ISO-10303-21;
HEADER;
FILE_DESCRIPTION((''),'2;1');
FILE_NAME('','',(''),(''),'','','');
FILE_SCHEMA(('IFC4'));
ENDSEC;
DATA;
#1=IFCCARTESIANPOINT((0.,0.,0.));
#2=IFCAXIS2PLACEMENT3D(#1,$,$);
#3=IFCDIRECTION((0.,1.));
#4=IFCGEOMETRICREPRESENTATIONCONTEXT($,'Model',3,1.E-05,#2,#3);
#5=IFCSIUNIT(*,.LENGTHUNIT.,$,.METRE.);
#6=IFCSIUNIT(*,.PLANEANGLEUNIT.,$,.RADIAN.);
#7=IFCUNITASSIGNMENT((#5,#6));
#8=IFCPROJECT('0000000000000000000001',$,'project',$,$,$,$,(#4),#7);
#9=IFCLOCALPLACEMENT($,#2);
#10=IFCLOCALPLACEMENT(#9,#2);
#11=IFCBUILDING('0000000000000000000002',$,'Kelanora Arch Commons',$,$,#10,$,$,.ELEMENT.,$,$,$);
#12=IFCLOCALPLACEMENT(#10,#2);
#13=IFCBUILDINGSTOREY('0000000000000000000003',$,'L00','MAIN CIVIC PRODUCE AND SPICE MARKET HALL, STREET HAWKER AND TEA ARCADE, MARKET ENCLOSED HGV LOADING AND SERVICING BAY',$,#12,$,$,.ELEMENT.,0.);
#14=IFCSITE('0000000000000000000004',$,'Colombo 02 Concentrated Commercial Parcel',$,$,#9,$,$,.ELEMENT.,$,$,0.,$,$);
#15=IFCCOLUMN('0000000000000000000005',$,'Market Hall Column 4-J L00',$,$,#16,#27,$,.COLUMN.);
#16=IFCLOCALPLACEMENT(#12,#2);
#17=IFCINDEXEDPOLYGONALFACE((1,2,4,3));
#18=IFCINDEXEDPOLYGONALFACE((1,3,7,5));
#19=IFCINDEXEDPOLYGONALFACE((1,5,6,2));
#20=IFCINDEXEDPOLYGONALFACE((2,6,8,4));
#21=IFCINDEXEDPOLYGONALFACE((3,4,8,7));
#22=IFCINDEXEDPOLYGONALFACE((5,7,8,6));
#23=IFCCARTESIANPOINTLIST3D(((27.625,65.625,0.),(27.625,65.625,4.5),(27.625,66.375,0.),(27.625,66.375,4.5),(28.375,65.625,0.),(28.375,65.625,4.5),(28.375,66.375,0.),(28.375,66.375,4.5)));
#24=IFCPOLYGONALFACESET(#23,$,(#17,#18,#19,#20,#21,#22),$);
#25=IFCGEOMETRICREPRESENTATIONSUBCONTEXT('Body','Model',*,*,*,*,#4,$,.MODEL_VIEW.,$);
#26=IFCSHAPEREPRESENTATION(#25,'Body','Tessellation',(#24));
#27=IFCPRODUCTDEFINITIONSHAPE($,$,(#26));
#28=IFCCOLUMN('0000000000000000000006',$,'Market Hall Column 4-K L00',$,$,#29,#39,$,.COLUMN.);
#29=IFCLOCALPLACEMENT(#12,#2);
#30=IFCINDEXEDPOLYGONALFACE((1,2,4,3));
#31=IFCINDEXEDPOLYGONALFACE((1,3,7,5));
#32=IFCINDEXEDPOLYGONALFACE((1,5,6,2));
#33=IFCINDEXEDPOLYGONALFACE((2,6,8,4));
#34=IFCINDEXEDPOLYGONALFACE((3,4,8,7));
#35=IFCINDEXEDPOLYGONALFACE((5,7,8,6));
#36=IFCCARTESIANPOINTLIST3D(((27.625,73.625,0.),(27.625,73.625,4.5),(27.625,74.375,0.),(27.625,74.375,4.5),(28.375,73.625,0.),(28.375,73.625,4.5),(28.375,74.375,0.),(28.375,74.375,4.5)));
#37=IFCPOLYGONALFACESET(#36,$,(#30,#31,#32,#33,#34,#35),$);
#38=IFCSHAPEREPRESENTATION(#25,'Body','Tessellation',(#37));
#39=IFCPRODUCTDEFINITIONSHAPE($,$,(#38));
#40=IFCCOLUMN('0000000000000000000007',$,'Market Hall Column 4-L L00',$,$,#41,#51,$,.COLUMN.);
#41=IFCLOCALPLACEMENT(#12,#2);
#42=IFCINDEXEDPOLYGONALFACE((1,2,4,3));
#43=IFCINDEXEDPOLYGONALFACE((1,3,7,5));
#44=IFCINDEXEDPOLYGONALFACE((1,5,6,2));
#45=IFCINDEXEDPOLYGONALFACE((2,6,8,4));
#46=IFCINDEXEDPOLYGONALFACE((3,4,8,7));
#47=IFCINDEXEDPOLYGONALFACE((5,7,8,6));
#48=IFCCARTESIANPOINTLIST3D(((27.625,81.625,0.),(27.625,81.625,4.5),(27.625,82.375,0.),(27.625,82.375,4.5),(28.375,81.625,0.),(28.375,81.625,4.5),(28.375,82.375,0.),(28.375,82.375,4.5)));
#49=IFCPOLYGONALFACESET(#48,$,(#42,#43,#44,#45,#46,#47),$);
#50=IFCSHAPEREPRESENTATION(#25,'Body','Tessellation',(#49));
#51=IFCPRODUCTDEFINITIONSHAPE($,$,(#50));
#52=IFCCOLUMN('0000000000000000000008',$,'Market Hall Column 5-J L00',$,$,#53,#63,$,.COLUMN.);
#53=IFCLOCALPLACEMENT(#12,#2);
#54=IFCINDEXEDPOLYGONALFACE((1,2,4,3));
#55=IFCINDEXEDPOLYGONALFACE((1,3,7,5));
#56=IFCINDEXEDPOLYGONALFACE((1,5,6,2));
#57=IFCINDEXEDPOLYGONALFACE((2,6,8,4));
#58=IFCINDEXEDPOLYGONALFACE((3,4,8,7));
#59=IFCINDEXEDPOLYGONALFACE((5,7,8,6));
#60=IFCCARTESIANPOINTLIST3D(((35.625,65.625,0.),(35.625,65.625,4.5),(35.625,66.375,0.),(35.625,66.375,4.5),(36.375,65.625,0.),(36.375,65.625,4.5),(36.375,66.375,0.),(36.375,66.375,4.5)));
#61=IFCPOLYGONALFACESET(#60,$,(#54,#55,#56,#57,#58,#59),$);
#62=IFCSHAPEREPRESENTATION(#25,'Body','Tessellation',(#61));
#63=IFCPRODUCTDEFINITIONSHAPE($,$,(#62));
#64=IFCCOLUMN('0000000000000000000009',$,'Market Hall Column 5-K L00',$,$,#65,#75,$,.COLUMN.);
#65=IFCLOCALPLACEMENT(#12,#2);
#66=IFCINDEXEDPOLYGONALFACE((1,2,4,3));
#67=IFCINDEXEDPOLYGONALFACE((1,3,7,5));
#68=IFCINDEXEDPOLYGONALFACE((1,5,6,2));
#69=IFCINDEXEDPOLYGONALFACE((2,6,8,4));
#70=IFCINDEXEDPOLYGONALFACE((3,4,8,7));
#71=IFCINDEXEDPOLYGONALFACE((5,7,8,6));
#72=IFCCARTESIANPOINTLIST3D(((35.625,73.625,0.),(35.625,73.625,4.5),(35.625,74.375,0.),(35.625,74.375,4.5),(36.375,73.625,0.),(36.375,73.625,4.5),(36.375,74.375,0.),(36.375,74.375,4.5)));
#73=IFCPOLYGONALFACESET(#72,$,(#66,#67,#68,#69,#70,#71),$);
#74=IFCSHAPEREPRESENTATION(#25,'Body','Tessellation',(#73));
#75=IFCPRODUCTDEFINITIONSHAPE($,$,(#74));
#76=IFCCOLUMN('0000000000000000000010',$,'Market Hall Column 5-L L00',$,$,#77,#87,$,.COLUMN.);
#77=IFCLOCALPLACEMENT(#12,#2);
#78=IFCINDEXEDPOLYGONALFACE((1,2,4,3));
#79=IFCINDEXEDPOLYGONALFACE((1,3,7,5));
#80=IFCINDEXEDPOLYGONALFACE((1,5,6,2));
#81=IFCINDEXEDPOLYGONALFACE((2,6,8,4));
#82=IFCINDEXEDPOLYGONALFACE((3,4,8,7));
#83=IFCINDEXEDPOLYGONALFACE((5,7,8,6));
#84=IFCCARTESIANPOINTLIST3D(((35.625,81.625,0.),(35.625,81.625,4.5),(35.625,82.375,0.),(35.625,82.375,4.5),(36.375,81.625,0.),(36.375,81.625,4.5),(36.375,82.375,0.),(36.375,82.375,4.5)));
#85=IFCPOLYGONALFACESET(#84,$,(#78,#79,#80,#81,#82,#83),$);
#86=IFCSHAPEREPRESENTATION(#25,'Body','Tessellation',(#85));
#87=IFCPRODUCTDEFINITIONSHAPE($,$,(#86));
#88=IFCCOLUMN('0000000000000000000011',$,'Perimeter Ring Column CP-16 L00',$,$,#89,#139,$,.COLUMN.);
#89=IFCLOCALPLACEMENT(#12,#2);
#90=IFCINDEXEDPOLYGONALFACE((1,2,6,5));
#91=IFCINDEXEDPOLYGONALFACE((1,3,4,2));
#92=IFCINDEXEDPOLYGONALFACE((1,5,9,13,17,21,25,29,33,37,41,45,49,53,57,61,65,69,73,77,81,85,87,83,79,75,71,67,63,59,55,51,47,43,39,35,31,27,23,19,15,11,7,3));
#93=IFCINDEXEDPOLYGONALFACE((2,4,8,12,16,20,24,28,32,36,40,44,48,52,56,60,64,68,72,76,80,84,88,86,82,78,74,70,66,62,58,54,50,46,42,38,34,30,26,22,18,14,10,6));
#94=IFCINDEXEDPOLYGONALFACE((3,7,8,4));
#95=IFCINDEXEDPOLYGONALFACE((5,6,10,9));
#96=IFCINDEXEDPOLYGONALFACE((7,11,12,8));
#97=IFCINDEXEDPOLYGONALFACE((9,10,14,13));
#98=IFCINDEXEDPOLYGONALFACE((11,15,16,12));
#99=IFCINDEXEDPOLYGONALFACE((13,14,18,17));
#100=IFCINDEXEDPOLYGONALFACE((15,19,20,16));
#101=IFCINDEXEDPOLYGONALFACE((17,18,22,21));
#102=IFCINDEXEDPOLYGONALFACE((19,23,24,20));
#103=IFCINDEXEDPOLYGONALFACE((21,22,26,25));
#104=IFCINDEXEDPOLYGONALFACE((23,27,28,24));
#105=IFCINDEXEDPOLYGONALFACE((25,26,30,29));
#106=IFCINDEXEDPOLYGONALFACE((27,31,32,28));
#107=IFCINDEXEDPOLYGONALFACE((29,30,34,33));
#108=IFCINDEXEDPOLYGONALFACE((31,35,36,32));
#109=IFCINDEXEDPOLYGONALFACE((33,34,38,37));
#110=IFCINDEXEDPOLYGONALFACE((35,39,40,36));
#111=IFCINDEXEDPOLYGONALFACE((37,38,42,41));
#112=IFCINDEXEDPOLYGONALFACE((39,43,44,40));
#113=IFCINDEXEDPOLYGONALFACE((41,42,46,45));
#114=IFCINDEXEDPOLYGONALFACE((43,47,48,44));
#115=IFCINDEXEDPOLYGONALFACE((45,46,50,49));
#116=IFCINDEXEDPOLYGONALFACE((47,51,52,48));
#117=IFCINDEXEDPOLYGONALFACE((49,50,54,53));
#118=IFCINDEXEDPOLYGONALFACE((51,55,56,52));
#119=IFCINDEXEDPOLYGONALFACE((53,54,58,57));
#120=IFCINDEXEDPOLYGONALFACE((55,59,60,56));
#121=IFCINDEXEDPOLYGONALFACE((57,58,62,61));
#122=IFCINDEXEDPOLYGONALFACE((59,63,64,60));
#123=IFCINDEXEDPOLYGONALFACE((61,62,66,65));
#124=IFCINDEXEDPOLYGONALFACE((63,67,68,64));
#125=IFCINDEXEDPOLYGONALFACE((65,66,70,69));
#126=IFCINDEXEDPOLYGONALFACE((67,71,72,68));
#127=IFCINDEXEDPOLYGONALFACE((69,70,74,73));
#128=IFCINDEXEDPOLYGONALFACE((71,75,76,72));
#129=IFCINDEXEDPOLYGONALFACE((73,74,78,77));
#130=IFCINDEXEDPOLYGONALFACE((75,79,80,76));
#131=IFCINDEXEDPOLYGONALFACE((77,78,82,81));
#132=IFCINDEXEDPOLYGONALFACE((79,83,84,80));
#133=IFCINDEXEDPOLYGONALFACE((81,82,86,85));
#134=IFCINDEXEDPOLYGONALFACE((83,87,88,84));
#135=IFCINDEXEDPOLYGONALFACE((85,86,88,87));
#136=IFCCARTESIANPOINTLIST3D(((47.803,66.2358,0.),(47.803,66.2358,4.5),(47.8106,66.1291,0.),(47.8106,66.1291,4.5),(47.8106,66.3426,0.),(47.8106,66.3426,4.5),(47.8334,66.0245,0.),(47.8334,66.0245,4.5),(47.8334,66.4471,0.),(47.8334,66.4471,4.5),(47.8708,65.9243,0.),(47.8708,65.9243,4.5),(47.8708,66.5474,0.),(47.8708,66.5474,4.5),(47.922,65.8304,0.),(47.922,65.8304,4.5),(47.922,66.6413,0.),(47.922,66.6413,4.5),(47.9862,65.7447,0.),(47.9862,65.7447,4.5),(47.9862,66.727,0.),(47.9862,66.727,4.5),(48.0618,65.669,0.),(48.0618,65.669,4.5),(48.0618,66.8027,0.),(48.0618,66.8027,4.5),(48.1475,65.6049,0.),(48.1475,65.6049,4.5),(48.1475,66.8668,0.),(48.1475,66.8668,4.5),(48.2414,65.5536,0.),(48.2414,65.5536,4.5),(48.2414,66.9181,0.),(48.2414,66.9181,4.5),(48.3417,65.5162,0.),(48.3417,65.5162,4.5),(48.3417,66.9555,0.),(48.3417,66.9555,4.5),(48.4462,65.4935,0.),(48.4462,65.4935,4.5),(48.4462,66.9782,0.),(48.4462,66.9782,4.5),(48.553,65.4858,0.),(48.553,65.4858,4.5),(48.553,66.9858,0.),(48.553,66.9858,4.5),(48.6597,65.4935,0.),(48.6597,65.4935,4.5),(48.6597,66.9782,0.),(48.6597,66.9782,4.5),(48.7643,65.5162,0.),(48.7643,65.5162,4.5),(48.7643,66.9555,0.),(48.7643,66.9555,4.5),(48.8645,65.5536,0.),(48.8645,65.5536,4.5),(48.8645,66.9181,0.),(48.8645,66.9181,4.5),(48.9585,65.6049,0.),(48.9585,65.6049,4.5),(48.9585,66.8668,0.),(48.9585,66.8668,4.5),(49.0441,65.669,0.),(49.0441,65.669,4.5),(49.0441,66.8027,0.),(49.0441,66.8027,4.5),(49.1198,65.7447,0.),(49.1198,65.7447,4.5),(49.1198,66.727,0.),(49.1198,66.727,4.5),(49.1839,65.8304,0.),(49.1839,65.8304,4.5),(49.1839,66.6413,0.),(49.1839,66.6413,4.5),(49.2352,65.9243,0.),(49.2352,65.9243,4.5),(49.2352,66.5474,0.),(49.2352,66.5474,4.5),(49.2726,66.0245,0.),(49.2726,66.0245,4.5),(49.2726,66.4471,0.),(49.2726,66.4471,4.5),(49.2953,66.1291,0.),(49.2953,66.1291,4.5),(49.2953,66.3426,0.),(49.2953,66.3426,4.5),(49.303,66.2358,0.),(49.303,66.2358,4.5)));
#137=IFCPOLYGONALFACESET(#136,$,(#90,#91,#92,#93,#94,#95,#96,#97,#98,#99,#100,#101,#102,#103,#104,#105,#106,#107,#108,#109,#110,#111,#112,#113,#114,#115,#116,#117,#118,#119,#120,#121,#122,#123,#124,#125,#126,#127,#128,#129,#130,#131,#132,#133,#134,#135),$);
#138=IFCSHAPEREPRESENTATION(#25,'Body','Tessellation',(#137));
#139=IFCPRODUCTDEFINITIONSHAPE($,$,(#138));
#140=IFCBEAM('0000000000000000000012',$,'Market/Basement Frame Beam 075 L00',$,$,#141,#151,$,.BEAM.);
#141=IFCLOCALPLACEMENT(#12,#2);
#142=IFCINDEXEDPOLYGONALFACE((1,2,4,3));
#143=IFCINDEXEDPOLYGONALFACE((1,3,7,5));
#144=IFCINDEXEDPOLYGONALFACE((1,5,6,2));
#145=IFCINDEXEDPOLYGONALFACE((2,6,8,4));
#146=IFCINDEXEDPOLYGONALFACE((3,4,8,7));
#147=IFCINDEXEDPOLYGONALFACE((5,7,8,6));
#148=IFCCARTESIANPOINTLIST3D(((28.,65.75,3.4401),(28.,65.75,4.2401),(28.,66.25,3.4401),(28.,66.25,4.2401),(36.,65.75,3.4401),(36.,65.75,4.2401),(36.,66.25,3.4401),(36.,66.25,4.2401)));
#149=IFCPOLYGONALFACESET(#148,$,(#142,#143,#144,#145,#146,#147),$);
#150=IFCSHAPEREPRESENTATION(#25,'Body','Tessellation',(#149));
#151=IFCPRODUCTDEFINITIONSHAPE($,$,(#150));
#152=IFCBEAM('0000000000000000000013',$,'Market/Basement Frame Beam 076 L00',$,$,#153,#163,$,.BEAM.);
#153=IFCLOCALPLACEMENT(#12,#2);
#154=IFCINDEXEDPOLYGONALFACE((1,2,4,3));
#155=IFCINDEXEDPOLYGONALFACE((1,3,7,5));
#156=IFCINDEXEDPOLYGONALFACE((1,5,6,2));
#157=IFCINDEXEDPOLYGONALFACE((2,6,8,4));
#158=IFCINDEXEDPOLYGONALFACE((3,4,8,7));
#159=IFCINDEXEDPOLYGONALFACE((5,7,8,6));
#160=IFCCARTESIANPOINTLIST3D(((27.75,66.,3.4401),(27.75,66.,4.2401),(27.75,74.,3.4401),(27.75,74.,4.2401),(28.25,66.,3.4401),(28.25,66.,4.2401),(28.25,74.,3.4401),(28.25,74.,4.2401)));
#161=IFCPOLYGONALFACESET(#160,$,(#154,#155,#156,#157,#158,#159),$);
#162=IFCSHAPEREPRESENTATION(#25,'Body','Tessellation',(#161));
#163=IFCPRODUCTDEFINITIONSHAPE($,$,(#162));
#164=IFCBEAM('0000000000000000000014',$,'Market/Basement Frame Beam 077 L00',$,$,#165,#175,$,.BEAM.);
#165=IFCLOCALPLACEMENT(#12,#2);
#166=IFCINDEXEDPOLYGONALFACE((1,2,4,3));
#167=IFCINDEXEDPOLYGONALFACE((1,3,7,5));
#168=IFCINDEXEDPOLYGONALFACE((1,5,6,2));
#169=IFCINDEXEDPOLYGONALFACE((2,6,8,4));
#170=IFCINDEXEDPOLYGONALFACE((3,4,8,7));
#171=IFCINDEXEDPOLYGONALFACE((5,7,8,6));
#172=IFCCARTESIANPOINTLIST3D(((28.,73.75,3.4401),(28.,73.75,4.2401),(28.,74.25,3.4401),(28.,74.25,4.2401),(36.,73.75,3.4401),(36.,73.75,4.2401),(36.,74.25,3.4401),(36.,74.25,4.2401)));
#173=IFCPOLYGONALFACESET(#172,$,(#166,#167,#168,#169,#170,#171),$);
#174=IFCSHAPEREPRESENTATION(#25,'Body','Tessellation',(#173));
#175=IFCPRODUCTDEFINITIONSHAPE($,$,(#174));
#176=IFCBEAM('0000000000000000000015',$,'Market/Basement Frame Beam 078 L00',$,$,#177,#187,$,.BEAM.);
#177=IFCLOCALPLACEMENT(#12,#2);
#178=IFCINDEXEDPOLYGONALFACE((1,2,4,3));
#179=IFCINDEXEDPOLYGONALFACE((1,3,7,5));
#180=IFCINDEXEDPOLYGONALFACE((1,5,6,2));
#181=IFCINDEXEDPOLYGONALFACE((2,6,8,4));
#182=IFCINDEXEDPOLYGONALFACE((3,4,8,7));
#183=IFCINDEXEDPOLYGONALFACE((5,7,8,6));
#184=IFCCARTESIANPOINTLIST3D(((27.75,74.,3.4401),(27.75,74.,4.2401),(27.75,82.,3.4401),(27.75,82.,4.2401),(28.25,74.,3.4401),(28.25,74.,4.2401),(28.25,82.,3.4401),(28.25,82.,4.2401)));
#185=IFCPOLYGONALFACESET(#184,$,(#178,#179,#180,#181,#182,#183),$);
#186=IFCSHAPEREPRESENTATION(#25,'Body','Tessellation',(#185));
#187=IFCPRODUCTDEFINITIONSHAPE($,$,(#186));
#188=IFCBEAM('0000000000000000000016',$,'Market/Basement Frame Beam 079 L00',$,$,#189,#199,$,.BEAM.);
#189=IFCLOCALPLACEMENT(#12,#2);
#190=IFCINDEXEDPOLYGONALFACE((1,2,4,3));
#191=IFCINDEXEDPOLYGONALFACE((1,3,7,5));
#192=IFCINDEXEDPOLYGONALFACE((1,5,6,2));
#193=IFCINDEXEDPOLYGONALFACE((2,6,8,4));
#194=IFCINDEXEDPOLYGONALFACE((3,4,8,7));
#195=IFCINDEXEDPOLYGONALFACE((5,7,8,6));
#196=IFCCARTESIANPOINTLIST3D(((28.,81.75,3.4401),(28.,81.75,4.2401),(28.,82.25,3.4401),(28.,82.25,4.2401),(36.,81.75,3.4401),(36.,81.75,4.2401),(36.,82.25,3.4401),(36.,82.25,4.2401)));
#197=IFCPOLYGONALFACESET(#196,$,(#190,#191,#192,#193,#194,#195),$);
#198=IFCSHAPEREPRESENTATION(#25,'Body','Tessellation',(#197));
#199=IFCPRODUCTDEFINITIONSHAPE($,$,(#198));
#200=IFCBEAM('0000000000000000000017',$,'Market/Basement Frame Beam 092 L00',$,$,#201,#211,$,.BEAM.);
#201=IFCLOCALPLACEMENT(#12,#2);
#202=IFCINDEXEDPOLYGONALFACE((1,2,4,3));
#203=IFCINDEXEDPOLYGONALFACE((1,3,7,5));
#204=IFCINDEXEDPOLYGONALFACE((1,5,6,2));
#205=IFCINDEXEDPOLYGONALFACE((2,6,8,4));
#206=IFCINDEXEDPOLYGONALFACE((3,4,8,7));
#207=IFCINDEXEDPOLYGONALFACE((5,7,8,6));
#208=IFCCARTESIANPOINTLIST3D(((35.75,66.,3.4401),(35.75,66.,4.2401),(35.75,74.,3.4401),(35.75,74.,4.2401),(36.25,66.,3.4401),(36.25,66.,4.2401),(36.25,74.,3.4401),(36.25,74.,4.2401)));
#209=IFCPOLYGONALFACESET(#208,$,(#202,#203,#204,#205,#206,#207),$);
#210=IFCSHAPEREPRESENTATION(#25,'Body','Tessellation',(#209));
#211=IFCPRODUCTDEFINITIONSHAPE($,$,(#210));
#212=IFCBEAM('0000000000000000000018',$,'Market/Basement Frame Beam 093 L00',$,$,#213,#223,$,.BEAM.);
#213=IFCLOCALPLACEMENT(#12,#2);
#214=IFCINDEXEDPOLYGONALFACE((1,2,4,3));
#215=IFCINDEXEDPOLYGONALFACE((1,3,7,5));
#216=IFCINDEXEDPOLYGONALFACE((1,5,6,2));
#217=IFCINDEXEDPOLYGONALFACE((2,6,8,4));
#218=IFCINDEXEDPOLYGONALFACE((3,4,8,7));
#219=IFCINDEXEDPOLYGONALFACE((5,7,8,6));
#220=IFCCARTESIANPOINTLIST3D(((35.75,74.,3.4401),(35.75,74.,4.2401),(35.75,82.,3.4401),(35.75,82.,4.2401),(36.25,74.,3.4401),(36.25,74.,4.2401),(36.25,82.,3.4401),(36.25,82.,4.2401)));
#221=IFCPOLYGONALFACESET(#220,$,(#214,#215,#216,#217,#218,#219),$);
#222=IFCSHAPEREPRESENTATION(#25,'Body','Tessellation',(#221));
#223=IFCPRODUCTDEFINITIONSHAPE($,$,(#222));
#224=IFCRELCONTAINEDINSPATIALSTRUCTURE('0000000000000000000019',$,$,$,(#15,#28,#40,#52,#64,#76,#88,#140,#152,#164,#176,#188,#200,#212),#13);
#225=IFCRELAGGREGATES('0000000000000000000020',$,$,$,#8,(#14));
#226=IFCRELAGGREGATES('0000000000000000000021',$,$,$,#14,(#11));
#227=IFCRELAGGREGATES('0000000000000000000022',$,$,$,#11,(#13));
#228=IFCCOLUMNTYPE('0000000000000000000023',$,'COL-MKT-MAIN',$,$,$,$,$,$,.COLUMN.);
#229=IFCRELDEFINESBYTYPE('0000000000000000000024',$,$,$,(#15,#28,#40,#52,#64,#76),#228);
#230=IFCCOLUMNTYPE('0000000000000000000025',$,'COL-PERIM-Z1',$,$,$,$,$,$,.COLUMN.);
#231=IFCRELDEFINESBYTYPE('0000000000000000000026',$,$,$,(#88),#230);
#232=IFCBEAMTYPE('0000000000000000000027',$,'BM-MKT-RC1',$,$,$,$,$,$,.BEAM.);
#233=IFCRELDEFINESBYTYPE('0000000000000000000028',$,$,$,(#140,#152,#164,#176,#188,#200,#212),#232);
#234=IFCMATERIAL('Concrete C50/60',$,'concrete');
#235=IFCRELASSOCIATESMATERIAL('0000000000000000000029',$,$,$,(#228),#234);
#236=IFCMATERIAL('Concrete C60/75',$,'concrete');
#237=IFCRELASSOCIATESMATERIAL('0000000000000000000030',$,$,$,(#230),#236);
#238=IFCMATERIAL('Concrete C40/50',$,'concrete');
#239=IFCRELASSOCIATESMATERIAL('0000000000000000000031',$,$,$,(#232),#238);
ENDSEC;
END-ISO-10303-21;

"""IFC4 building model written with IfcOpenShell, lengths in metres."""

from ifc_helpers import new_model, si_unit, direction, frame, origin, origin_2d, place, context, subcontext, project, spatial, rectangle, circle, extrude, material, material_profile, profile_set, type_object, element, save


model = new_model("IFC4")

# Units and contexts
model_context = context("Model", 3, precision=1e-05, world=origin(), true_north=direction((0.0, 1.0)))
body_context = subcontext(model_context, "Body", "Model", "MODEL_VIEW")
ifc_project = project(units=[si_unit("LENGTHUNIT", "METRE"), si_unit("PLANEANGLEUNIT", "RADIAN")], contexts=[model_context])

# Site, building, storey
site_placement = place(None, origin())
site = spatial("IfcSite", under=ifc_project, at=site_placement, Name="Colombo 02 Concentrated Commercial Parcel", CompositionType="ELEMENT", RefElevation=0.0)
building_placement = place(site_placement, origin())
building = spatial("IfcBuilding", under=site, at=building_placement, Name="Kelanora Arch Commons", CompositionType="ELEMENT")
storey_placement = place(building_placement, origin())
storey = spatial("IfcBuildingStorey", under=building, at=storey_placement, Name="L00", Description="MAIN CIVIC PRODUCE AND SPICE MARKET HALL, STREET HAWKER AND TEA ARCADE, MARKET ENCLOSED HGV LOADING AND SERVICING BAY", CompositionType="ELEMENT", Elevation=0.0)

# Columns
ifc_material_1 = material(Name="Concrete C50/60", Category="concrete")
ifc_material_profile_1 = material_profile(ifc_material_1, rectangle(XDim=0.75, YDim=0.75, at=origin_2d()), Name="RC750x750")
ifc_profile_set_1 = profile_set([ifc_material_profile_1], Name="Concrete C50/60")
column_type_1 = type_object("IfcColumnType", Name="COL-MKT-MAIN", PredefinedType="COLUMN", material=ifc_profile_set_1)
for number, where, z_axis, x_axis, name in (
    (1, (28.0, 66.0, 0.0), (0.0, 0.0, 1.0), (1.0, 0.0, 0.0), "Market Hall Column 4-J L00"),
    (2, (28.0, 74.0, 0.0), (0.0, 0.0, 1.0), (1.0, 0.0, 0.0), "Market Hall Column 4-K L00"),
    (3, (28.0, 82.0, 0.0), (0.0, 0.0, 1.0), (1.0, 0.0, 0.0), "Market Hall Column 4-L L00"),
    (4, (36.0, 66.0, 0.0), (0.0, 0.0, 1.0), (1.0, 0.0, 0.0), "Market Hall Column 5-J L00"),
    (5, (36.0, 74.0, 0.0), (0.0, 0.0, 1.0), (1.0, 0.0, 0.0), "Market Hall Column 5-K L00"),
    (6, (36.0, 82.0, 0.0), (0.0, 0.0, 1.0), (1.0, 0.0, 0.0), "Market Hall Column 5-L L00"),
):
    element("IfcColumn", number, at=place(storey_placement, frame(where, z_axis=z_axis, x_axis=x_axis)), inside=storey, type_object=column_type_1, Name=name, PredefinedType="COLUMN", context=body_context, shape_type="SweptSolid", body=[
        extrude(rectangle(XDim=0.75, YDim=0.75, at=origin_2d()), origin(), (0.0, 0.0, 1.0), 4.5),
    ])
ifc_material_2 = material(Name="Concrete C60/75", Category="concrete")
ifc_material_profile_2 = material_profile(ifc_material_2, circle(Radius=0.75, at=origin_2d()), Name="RCC1500")
ifc_profile_set_2 = profile_set([ifc_material_profile_2], Name="Concrete C60/75")
column_type_2 = type_object("IfcColumnType", Name="COL-PERIM-Z1", PredefinedType="COLUMN", material=ifc_profile_set_2)
column_placement = place(storey_placement, frame((48.553, 66.2358, 0.0), z_axis=(0.0, 0.0, 1.0), x_axis=(1.0, 0.0, 0.0)))
element("IfcColumn", 7, at=column_placement, inside=storey, type_object=column_type_2, Name="Perimeter Ring Column CP-16 L00", PredefinedType="COLUMN", context=body_context, shape_type="SweptSolid", body=[
    extrude(circle(Radius=0.75, at=origin_2d()), origin(), (0.0, 0.0, 1.0), 4.5),
])

# Beams
ifc_material_3 = material(Name="Concrete C40/50", Category="concrete")
ifc_material_profile_3 = material_profile(ifc_material_3, rectangle(XDim=0.5, YDim=0.8, at=origin_2d()), Name="RCB500x800")
ifc_profile_set_3 = profile_set([ifc_material_profile_3], Name="Concrete C40/50")
beam_type_1 = type_object("IfcBeamType", Name="BM-MKT-RC1", PredefinedType="BEAM", material=ifc_profile_set_3)
for number, where, z_axis, x_axis, name in (
    (8, (28.0, 66.0, 3.8401), (1.0, 0.0, 0.0), (0.0, 1.0, 0.0), "Market/Basement Frame Beam 075 L00"),
    (9, (28.0, 66.0, 3.8401), (0.0, 1.0, 0.0), (-1.0, 0.0, 0.0), "Market/Basement Frame Beam 076 L00"),
    (10, (28.0, 74.0, 3.8401), (1.0, 0.0, 0.0), (0.0, 1.0, 0.0), "Market/Basement Frame Beam 077 L00"),
    (11, (28.0, 74.0, 3.8401), (0.0, 1.0, 0.0), (-1.0, 0.0, 0.0), "Market/Basement Frame Beam 078 L00"),
    (12, (28.0, 82.0, 3.8401), (1.0, 0.0, 0.0), (0.0, 1.0, 0.0), "Market/Basement Frame Beam 079 L00"),
    (13, (36.0, 66.0, 3.8401), (0.0, 1.0, 0.0), (-1.0, 0.0, 0.0), "Market/Basement Frame Beam 092 L00"),
    (14, (36.0, 74.0, 3.8401), (0.0, 1.0, 0.0), (-1.0, 0.0, 0.0), "Market/Basement Frame Beam 093 L00"),
):
    element("IfcBeam", number, at=place(storey_placement, frame(where, z_axis=z_axis, x_axis=x_axis)), inside=storey, type_object=beam_type_1, Name=name, PredefinedType="BEAM", context=body_context, shape_type="SweptSolid", body=[
        extrude(rectangle(XDim=0.5, YDim=0.8, at=origin_2d()), origin(), (0.0, 0.0, 1.0), 8.0),
    ])

save(model, "model.ifc")
